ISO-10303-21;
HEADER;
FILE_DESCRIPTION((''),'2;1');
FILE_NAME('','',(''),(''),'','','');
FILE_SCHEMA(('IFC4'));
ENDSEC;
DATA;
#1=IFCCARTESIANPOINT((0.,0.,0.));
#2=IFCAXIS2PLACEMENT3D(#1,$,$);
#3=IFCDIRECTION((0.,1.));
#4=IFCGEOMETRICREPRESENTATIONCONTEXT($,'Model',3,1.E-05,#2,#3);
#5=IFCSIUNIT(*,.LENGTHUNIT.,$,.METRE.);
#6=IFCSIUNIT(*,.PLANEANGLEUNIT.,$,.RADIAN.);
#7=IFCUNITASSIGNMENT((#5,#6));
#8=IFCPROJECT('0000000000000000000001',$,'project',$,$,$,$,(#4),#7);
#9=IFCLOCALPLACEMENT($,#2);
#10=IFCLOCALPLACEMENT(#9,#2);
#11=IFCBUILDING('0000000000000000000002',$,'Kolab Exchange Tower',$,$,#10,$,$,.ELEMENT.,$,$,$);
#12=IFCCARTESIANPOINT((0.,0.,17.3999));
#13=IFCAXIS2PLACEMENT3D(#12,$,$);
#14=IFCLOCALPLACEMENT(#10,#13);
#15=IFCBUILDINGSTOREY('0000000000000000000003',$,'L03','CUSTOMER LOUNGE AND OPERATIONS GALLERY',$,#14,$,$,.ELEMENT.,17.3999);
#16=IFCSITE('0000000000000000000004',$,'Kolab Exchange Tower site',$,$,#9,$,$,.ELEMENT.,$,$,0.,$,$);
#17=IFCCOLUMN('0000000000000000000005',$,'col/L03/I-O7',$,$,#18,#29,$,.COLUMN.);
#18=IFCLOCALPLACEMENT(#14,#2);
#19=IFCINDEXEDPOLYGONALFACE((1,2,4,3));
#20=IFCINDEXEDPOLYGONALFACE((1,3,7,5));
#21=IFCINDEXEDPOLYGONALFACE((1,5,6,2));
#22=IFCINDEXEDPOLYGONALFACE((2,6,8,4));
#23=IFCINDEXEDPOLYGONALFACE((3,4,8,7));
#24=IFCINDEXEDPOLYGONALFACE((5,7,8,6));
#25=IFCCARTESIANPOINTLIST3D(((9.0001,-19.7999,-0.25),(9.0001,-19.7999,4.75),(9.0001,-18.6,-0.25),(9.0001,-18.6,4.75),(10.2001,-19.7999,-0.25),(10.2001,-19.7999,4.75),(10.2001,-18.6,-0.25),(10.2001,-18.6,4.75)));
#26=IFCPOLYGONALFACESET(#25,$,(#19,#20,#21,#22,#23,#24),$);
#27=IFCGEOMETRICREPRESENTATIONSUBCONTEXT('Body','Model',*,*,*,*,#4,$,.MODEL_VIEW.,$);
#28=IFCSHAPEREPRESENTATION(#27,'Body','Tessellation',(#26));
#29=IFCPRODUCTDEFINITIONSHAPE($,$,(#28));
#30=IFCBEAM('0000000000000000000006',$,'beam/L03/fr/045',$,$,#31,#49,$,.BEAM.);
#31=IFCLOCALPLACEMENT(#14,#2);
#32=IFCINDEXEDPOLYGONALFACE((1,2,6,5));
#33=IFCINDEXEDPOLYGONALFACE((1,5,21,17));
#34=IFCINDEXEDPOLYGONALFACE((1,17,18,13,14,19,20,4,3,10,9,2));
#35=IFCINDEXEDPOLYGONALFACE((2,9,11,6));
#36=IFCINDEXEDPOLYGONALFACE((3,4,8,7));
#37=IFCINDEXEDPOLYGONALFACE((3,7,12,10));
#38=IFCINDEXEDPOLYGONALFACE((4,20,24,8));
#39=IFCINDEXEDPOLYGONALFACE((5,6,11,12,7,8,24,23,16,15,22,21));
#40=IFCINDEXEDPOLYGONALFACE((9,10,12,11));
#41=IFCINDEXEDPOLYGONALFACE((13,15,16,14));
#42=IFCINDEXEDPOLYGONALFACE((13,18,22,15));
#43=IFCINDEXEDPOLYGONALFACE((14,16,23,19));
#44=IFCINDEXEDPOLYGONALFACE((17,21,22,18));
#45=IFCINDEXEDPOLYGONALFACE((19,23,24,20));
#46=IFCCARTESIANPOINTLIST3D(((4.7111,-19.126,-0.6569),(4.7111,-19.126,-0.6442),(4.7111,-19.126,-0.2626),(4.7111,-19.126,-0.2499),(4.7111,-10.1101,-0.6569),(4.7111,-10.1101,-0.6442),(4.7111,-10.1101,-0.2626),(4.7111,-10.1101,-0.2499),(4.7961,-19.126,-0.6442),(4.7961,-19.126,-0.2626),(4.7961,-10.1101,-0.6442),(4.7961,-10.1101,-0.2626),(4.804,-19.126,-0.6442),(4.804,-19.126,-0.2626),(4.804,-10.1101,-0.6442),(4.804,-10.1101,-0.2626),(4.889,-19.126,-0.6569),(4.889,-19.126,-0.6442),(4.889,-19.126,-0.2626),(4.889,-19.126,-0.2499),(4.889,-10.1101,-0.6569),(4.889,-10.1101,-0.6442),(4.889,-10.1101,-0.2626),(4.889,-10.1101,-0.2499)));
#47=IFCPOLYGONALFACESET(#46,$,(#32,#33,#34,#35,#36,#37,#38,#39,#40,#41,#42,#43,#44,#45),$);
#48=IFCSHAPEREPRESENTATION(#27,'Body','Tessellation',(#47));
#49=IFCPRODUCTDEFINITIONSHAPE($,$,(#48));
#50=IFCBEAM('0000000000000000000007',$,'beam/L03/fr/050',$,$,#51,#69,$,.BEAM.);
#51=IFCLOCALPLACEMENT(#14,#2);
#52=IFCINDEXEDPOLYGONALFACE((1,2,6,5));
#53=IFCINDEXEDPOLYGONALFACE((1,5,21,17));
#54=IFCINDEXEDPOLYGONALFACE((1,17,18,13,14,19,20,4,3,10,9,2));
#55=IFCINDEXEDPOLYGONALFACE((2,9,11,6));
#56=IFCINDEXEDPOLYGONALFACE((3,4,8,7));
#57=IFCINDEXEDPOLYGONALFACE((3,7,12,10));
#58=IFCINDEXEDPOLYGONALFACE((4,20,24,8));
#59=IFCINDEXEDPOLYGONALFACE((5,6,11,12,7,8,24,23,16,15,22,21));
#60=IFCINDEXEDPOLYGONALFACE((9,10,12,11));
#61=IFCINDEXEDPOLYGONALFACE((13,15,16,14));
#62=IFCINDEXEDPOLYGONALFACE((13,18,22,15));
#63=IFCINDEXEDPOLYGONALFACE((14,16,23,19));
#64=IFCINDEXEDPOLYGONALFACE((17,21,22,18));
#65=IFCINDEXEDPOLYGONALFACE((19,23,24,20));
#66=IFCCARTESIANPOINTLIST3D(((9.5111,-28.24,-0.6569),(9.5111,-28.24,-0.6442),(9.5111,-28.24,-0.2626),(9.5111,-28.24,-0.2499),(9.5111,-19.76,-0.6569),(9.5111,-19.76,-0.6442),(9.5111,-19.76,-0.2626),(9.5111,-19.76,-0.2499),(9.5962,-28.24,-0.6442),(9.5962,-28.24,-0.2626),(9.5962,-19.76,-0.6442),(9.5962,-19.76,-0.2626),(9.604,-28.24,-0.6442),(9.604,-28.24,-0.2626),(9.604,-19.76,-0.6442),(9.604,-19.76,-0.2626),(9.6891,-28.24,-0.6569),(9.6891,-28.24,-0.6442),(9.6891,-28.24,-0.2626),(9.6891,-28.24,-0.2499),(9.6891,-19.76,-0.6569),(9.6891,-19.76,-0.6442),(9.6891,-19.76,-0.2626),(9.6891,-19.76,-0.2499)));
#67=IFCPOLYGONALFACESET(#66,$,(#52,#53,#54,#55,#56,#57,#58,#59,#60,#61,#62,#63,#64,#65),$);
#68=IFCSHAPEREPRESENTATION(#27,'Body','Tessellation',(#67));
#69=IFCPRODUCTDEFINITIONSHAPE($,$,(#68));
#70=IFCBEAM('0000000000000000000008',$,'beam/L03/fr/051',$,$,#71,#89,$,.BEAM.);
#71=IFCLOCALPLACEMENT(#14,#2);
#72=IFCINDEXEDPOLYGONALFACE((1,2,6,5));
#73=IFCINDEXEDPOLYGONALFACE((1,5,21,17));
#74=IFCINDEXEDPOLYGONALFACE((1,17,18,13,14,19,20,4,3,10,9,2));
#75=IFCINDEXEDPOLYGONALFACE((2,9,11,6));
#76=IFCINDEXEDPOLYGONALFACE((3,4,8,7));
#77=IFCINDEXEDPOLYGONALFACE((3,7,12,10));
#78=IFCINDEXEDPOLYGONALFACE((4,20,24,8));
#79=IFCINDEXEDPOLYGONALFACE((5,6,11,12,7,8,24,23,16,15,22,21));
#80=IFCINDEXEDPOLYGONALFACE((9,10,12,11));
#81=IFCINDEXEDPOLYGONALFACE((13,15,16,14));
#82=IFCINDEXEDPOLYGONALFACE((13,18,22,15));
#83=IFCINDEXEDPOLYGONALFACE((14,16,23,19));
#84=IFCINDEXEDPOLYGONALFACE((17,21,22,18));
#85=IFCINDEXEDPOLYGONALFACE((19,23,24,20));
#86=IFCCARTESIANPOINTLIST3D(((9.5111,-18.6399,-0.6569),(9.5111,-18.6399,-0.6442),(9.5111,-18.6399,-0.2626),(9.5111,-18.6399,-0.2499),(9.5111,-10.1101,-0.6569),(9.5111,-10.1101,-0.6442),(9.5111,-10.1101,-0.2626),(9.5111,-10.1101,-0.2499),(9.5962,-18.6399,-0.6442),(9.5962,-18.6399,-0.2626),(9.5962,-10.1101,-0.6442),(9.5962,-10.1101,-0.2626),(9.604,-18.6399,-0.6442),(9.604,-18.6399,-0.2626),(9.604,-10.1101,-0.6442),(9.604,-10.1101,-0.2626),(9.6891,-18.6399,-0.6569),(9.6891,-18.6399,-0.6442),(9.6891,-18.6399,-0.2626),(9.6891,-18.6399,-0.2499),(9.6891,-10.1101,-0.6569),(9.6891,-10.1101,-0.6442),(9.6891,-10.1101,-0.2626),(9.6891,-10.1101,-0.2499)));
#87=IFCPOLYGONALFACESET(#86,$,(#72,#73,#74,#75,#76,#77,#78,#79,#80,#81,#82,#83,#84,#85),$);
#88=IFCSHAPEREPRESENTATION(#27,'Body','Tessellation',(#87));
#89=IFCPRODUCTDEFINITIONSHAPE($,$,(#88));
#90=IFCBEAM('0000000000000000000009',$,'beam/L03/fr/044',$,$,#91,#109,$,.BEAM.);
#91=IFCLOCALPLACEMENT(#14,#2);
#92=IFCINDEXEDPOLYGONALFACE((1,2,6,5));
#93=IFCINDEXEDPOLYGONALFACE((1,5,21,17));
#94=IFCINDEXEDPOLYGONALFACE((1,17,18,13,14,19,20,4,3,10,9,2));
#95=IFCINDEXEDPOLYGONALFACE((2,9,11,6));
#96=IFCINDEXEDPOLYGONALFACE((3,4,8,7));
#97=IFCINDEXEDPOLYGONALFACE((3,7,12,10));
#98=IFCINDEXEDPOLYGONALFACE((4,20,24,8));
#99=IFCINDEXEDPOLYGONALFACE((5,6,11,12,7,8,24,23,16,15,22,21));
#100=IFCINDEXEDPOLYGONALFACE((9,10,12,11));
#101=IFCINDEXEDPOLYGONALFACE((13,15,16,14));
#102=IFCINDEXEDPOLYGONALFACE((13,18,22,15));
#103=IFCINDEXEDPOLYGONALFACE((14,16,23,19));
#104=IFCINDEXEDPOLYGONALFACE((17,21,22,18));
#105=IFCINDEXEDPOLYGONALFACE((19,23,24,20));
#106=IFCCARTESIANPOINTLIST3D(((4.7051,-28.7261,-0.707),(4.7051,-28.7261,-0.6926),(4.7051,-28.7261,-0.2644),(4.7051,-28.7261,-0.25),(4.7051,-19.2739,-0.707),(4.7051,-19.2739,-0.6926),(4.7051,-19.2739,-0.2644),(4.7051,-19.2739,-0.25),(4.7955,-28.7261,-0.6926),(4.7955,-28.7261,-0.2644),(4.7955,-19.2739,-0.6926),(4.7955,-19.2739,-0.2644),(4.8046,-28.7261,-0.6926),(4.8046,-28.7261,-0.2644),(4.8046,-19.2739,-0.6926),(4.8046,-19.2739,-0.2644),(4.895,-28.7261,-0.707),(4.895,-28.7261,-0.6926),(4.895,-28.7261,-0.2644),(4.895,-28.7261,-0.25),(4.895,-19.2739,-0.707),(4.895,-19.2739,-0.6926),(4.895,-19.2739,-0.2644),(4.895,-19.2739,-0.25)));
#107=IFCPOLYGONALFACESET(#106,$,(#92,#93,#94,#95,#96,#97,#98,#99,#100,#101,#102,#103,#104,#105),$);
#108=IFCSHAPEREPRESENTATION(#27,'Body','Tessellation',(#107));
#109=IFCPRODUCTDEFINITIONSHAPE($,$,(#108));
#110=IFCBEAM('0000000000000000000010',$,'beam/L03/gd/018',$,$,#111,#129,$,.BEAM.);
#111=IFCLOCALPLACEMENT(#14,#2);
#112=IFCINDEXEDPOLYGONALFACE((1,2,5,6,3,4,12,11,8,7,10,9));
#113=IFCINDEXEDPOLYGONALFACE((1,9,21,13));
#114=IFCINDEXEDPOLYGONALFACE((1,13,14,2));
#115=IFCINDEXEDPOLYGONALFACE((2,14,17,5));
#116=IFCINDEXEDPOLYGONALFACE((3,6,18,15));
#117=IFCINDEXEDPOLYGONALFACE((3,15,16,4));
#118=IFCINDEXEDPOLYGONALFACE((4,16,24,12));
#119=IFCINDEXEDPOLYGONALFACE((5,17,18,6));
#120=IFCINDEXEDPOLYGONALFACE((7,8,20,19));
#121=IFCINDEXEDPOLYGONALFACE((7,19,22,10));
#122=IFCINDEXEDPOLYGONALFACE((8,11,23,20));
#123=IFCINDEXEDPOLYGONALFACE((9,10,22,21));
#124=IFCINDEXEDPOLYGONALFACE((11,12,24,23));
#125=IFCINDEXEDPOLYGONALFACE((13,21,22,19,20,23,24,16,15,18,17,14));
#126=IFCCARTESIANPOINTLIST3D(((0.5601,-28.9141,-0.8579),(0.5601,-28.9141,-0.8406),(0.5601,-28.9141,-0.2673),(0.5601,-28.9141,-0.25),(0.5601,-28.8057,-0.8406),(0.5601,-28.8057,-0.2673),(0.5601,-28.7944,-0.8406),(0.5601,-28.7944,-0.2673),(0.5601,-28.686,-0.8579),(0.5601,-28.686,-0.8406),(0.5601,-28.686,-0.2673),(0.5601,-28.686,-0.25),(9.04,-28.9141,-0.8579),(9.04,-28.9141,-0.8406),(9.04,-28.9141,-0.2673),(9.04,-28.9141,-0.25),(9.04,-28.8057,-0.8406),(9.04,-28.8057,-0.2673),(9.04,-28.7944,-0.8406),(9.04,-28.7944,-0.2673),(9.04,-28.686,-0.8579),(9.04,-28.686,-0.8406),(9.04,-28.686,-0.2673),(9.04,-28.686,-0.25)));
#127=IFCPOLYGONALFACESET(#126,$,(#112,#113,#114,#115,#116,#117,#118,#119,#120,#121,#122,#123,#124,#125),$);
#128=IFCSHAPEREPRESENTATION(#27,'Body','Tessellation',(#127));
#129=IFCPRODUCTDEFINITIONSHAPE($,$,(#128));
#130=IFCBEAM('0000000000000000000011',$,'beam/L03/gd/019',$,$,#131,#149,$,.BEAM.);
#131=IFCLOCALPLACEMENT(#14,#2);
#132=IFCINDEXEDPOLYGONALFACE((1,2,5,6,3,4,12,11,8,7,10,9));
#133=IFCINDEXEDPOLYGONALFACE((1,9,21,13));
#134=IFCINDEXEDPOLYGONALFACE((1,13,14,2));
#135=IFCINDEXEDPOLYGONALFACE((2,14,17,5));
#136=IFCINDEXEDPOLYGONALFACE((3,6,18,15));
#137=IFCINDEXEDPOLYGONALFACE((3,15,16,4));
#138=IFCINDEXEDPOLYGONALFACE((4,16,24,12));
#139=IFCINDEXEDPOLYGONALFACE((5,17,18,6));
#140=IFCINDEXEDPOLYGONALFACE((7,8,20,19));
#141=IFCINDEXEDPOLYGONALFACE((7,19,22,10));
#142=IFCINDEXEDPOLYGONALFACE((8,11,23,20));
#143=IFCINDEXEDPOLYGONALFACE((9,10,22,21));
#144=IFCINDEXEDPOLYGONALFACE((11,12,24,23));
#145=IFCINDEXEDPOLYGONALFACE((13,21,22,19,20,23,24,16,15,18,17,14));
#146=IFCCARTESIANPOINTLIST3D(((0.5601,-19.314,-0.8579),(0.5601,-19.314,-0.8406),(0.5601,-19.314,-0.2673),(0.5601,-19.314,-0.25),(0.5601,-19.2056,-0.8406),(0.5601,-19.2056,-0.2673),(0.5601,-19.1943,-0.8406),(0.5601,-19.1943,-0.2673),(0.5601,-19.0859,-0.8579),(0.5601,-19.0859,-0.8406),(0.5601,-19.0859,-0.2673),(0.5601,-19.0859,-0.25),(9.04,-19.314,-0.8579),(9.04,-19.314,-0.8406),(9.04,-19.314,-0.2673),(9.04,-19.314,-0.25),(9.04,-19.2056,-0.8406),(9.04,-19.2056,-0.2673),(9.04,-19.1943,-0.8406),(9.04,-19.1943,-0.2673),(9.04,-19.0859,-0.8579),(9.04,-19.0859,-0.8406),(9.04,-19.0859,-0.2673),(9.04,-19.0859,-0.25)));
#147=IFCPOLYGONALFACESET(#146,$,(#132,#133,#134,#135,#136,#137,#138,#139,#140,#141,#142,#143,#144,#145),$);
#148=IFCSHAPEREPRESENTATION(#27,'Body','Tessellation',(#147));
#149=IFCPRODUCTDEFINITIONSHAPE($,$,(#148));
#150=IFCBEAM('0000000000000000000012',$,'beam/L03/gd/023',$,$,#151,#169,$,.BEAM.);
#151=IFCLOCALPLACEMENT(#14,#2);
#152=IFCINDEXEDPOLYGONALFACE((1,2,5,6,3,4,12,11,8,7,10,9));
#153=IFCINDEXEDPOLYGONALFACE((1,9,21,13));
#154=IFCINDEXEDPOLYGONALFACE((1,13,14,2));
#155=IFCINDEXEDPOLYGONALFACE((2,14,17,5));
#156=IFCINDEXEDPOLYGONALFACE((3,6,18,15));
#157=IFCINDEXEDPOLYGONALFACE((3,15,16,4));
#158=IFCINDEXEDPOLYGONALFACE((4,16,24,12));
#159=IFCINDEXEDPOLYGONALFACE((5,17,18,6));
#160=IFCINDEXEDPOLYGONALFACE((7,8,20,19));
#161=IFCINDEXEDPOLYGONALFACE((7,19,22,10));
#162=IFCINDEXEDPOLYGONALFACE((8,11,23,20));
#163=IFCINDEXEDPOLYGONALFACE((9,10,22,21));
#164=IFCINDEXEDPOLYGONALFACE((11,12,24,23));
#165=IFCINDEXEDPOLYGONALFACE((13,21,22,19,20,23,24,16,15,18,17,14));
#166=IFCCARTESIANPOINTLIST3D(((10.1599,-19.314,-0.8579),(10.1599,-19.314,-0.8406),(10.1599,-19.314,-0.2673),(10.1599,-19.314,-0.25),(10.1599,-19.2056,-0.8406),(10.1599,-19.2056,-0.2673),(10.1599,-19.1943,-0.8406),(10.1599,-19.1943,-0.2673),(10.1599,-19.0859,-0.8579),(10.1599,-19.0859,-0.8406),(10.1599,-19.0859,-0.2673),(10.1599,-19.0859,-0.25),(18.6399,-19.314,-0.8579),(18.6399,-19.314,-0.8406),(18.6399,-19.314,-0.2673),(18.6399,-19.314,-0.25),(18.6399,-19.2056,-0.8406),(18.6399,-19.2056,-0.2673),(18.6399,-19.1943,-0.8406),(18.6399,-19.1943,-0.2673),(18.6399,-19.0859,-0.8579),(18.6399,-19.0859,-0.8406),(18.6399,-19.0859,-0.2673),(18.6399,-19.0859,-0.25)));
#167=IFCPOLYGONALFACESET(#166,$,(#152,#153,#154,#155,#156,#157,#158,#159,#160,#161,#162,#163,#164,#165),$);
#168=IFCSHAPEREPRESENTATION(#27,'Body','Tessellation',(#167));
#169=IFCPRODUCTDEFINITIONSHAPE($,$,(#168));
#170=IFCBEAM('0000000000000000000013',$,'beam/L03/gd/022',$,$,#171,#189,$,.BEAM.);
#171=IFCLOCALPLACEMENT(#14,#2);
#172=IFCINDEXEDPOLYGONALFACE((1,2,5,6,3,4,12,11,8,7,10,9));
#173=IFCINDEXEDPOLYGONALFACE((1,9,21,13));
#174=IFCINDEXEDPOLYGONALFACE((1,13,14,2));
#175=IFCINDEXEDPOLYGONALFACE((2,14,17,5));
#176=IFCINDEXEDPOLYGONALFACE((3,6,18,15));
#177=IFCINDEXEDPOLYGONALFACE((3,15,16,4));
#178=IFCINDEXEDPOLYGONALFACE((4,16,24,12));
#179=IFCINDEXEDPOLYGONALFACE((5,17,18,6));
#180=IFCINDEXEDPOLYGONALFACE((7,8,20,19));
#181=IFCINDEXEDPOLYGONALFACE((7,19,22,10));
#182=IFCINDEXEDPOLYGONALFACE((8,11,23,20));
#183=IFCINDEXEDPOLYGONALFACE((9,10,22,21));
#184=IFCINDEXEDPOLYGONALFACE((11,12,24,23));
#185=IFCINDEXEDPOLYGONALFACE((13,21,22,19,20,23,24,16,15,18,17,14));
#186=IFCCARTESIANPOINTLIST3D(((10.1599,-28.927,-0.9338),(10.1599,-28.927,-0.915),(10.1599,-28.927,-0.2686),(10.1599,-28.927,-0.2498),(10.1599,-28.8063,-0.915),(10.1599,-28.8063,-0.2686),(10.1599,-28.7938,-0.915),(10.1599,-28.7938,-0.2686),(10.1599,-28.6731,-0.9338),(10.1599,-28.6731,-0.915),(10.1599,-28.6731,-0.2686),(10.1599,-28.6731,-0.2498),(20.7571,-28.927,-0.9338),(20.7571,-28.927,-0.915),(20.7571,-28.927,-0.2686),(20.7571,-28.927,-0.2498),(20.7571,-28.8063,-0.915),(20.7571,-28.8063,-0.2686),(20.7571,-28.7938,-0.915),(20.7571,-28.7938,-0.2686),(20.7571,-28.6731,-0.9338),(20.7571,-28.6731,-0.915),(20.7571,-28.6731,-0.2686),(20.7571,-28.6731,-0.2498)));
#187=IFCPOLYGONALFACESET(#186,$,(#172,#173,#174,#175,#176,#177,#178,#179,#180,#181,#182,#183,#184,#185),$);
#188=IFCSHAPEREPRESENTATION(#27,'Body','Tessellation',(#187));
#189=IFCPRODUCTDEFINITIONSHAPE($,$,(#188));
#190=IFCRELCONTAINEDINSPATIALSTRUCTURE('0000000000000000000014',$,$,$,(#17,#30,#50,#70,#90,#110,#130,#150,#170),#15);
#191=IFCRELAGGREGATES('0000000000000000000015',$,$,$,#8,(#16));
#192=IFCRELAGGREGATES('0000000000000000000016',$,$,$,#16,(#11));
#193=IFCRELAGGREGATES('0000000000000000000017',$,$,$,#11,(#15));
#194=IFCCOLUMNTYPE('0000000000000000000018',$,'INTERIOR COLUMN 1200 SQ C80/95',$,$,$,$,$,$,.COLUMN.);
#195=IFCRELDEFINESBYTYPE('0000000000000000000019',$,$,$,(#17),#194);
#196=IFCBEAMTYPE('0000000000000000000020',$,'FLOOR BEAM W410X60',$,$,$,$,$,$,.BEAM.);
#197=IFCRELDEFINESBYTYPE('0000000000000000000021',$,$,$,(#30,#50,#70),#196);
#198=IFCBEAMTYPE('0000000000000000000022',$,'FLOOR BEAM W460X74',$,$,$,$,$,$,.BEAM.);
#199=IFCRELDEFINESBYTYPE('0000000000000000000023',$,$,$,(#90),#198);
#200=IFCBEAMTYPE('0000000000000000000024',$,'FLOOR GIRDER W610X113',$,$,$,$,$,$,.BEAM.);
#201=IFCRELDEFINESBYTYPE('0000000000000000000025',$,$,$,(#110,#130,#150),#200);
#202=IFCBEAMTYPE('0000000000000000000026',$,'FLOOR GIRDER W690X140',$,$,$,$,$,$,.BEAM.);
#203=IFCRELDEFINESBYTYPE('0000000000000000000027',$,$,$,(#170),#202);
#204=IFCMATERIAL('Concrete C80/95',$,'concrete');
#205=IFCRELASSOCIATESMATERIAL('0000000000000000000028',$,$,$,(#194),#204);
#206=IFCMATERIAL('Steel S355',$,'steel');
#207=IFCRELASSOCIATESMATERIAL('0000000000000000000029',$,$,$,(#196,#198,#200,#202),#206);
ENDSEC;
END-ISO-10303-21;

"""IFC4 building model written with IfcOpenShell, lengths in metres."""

from ifc_helpers import new_model, si_unit, direction, frame, origin, origin_2d, place, context, subcontext, project, spatial, rectangle, i_section, extrude, material, material_profile, profile_set, type_object, element, save


model = new_model("IFC4")

# Units and contexts
model_context = context("Model", 3, precision=1e-05, world=origin(), true_north=direction((0.0, 1.0)))
body_context = subcontext(model_context, "Body", "Model", "MODEL_VIEW")
ifc_project = project(units=[si_unit("LENGTHUNIT", "METRE"), si_unit("PLANEANGLEUNIT", "RADIAN")], contexts=[model_context])

# Site, building, storey
site_placement = place(None, origin())
site = spatial("IfcSite", under=ifc_project, at=site_placement, Name="Kolab Exchange Tower site", CompositionType="ELEMENT", RefElevation=0.0)
building_placement = place(site_placement, origin())
building = spatial("IfcBuilding", under=site, at=building_placement, Name="Kolab Exchange Tower", CompositionType="ELEMENT")
storey_placement = place(building_placement, frame((0.0, 0.0, 17.3999)))
storey = spatial("IfcBuildingStorey", under=building, at=storey_placement, Name="L03", Description="CUSTOMER LOUNGE AND OPERATIONS GALLERY", CompositionType="ELEMENT", Elevation=17.3999)

# Column
ifc_material_1 = material(Name="Concrete C80/95", Category="concrete")
ifc_material_profile_1 = material_profile(ifc_material_1, rectangle(XDim=1.2, YDim=1.2, at=origin_2d()), Name="RC1200")
ifc_profile_set_1 = profile_set([ifc_material_profile_1], Name="Concrete C80/95")
column_type = type_object("IfcColumnType", Name="INTERIOR COLUMN 1200 SQ C80/95", PredefinedType="COLUMN", material=ifc_profile_set_1)
column_placement = place(storey_placement, frame((9.6001, -19.2, -0.25), z_axis=(0.0, 0.0, 1.0), x_axis=(1.0, 0.0, 0.0)))
element("IfcColumn", 1, at=column_placement, inside=storey, type_object=column_type, Name="col/L03/I-O7", PredefinedType="COLUMN", context=body_context, shape_type="SweptSolid", body=[
    extrude(rectangle(XDim=1.2, YDim=1.2, at=origin_2d()), origin(), (0.0, 0.0, 1.0), 5.0),
])

# Beams
ifc_material_2 = material(Name="Steel S355", Category="steel")
ifc_material_profile_2 = material_profile(ifc_material_2, i_section(OverallWidth=0.178, OverallDepth=0.407, WebThickness=0.0078, FlangeThickness=0.0127, at=origin_2d()), Name="W410X60")
ifc_profile_set_2 = profile_set([ifc_material_profile_2], Name="Steel S355")
beam_type_1 = type_object("IfcBeamType", Name="FLOOR BEAM W410X60", PredefinedType="BEAM", material=ifc_profile_set_2)
beam_1_placement = place(storey_placement, frame((4.8, -19.126, -0.4534), z_axis=(0.0, 1.0, 0.0), x_axis=(-1.0, 0.0, 0.0)))
element("IfcBeam", 2, at=beam_1_placement, inside=storey, type_object=beam_type_1, Name="beam/L03/fr/045", PredefinedType="BEAM", context=body_context, shape_type="SweptSolid", body=[
    extrude(i_section(OverallWidth=0.178, OverallDepth=0.407, WebThickness=0.0078, FlangeThickness=0.0127, at=origin_2d()), origin(), (0.0, 0.0, 1.0), 9.0159),
])
beam_2_placement = place(storey_placement, frame((9.6001, -28.24, -0.4534), z_axis=(0.0, 1.0, 0.0), x_axis=(-1.0, 0.0, 0.0)))
element("IfcBeam", 3, at=beam_2_placement, inside=storey, type_object=beam_type_1, Name="beam/L03/fr/050", PredefinedType="BEAM", context=body_context, shape_type="SweptSolid", body=[
    extrude(i_section(OverallWidth=0.178, OverallDepth=0.407, WebThickness=0.0078, FlangeThickness=0.0127, at=origin_2d()), origin(), (0.0, 0.0, 1.0), 8.48),
])
beam_3_placement = place(storey_placement, frame((9.6001, -18.6399, -0.4534), z_axis=(0.0, 1.0, 0.0), x_axis=(-1.0, 0.0, 0.0)))
element("IfcBeam", 4, at=beam_3_placement, inside=storey, type_object=beam_type_1, Name="beam/L03/fr/051", PredefinedType="BEAM", context=body_context, shape_type="SweptSolid", body=[
    extrude(i_section(OverallWidth=0.178, OverallDepth=0.407, WebThickness=0.0078, FlangeThickness=0.0127, at=origin_2d()), origin(), (0.0, 0.0, 1.0), 8.5298),
])
ifc_material_profile_3 = material_profile(ifc_material_2, i_section(OverallWidth=0.1899, OverallDepth=0.457, WebThickness=0.009, FlangeThickness=0.0144, at=origin_2d()), Name="W460X74")
ifc_profile_set_3 = profile_set([ifc_material_profile_3], Name="Steel S355")
beam_type_2 = type_object("IfcBeamType", Name="FLOOR BEAM W460X74", PredefinedType="BEAM", material=ifc_profile_set_3)
beam_4_placement = place(storey_placement, frame((4.8, -28.7261, -0.4785), z_axis=(0.0, 1.0, 0.0), x_axis=(-1.0, 0.0, 0.0)))
element("IfcBeam", 5, at=beam_4_placement, inside=storey, type_object=beam_type_2, Name="beam/L03/fr/044", PredefinedType="BEAM", context=body_context, shape_type="SweptSolid", body=[
    extrude(i_section(OverallWidth=0.1899, OverallDepth=0.457, WebThickness=0.009, FlangeThickness=0.0144, at=origin_2d()), origin(), (0.0, 0.0, 1.0), 9.4521),
])
ifc_material_profile_4 = material_profile(ifc_material_2, i_section(OverallWidth=0.228, OverallDepth=0.6079, WebThickness=0.0112, FlangeThickness=0.0173, at=origin_2d()), Name="W610X113")
ifc_profile_set_4 = profile_set([ifc_material_profile_4], Name="Steel S355")
beam_type_3 = type_object("IfcBeamType", Name="FLOOR GIRDER W610X113", PredefinedType="BEAM", material=ifc_profile_set_4)
for number, where, z_axis, x_axis, name in (
    (6, (0.5601, -28.8, -0.554), (1.0, 0.0, 0.0), (0.0, 1.0, 0.0), "beam/L03/gd/018"),
    (7, (0.5601, -19.2, -0.554), (1.0, 0.0, 0.0), (0.0, 1.0, 0.0), "beam/L03/gd/019"),
    (8, (10.1599, -19.2, -0.554), (1.0, 0.0, 0.0), (0.0, 1.0, 0.0), "beam/L03/gd/023"),
):
    element("IfcBeam", number, at=place(storey_placement, frame(where, z_axis=z_axis, x_axis=x_axis)), inside=storey, type_object=beam_type_3, Name=name, PredefinedType="BEAM", context=body_context, shape_type="SweptSolid", body=[
        extrude(i_section(OverallWidth=0.228, OverallDepth=0.6079, WebThickness=0.0112, FlangeThickness=0.0173, at=origin_2d()), origin(), (0.0, 0.0, 1.0), 8.48),
    ])
ifc_material_profile_5 = material_profile(ifc_material_2, i_section(OverallWidth=0.2539, OverallDepth=0.6841, WebThickness=0.0125, FlangeThickness=0.0188, at=origin_2d()), Name="W690X140")
ifc_profile_set_5 = profile_set([ifc_material_profile_5], Name="Steel S355")
beam_type_4 = type_object("IfcBeamType", Name="FLOOR GIRDER W690X140", PredefinedType="BEAM", material=ifc_profile_set_5)
beam_5_placement = place(storey_placement, frame((10.1599, -28.8, -0.5918), z_axis=(1.0, 0.0, 0.0), x_axis=(0.0, 1.0, 0.0)))
element("IfcBeam", 9, at=beam_5_placement, inside=storey, type_object=beam_type_4, Name="beam/L03/gd/022", PredefinedType="BEAM", context=body_context, shape_type="SweptSolid", body=[
    extrude(i_section(OverallWidth=0.2539, OverallDepth=0.6841, WebThickness=0.0125, FlangeThickness=0.0188, at=origin_2d()), origin(), (0.0, 0.0, 1.0), 10.5972),
])

save(model, "model.ifc")
